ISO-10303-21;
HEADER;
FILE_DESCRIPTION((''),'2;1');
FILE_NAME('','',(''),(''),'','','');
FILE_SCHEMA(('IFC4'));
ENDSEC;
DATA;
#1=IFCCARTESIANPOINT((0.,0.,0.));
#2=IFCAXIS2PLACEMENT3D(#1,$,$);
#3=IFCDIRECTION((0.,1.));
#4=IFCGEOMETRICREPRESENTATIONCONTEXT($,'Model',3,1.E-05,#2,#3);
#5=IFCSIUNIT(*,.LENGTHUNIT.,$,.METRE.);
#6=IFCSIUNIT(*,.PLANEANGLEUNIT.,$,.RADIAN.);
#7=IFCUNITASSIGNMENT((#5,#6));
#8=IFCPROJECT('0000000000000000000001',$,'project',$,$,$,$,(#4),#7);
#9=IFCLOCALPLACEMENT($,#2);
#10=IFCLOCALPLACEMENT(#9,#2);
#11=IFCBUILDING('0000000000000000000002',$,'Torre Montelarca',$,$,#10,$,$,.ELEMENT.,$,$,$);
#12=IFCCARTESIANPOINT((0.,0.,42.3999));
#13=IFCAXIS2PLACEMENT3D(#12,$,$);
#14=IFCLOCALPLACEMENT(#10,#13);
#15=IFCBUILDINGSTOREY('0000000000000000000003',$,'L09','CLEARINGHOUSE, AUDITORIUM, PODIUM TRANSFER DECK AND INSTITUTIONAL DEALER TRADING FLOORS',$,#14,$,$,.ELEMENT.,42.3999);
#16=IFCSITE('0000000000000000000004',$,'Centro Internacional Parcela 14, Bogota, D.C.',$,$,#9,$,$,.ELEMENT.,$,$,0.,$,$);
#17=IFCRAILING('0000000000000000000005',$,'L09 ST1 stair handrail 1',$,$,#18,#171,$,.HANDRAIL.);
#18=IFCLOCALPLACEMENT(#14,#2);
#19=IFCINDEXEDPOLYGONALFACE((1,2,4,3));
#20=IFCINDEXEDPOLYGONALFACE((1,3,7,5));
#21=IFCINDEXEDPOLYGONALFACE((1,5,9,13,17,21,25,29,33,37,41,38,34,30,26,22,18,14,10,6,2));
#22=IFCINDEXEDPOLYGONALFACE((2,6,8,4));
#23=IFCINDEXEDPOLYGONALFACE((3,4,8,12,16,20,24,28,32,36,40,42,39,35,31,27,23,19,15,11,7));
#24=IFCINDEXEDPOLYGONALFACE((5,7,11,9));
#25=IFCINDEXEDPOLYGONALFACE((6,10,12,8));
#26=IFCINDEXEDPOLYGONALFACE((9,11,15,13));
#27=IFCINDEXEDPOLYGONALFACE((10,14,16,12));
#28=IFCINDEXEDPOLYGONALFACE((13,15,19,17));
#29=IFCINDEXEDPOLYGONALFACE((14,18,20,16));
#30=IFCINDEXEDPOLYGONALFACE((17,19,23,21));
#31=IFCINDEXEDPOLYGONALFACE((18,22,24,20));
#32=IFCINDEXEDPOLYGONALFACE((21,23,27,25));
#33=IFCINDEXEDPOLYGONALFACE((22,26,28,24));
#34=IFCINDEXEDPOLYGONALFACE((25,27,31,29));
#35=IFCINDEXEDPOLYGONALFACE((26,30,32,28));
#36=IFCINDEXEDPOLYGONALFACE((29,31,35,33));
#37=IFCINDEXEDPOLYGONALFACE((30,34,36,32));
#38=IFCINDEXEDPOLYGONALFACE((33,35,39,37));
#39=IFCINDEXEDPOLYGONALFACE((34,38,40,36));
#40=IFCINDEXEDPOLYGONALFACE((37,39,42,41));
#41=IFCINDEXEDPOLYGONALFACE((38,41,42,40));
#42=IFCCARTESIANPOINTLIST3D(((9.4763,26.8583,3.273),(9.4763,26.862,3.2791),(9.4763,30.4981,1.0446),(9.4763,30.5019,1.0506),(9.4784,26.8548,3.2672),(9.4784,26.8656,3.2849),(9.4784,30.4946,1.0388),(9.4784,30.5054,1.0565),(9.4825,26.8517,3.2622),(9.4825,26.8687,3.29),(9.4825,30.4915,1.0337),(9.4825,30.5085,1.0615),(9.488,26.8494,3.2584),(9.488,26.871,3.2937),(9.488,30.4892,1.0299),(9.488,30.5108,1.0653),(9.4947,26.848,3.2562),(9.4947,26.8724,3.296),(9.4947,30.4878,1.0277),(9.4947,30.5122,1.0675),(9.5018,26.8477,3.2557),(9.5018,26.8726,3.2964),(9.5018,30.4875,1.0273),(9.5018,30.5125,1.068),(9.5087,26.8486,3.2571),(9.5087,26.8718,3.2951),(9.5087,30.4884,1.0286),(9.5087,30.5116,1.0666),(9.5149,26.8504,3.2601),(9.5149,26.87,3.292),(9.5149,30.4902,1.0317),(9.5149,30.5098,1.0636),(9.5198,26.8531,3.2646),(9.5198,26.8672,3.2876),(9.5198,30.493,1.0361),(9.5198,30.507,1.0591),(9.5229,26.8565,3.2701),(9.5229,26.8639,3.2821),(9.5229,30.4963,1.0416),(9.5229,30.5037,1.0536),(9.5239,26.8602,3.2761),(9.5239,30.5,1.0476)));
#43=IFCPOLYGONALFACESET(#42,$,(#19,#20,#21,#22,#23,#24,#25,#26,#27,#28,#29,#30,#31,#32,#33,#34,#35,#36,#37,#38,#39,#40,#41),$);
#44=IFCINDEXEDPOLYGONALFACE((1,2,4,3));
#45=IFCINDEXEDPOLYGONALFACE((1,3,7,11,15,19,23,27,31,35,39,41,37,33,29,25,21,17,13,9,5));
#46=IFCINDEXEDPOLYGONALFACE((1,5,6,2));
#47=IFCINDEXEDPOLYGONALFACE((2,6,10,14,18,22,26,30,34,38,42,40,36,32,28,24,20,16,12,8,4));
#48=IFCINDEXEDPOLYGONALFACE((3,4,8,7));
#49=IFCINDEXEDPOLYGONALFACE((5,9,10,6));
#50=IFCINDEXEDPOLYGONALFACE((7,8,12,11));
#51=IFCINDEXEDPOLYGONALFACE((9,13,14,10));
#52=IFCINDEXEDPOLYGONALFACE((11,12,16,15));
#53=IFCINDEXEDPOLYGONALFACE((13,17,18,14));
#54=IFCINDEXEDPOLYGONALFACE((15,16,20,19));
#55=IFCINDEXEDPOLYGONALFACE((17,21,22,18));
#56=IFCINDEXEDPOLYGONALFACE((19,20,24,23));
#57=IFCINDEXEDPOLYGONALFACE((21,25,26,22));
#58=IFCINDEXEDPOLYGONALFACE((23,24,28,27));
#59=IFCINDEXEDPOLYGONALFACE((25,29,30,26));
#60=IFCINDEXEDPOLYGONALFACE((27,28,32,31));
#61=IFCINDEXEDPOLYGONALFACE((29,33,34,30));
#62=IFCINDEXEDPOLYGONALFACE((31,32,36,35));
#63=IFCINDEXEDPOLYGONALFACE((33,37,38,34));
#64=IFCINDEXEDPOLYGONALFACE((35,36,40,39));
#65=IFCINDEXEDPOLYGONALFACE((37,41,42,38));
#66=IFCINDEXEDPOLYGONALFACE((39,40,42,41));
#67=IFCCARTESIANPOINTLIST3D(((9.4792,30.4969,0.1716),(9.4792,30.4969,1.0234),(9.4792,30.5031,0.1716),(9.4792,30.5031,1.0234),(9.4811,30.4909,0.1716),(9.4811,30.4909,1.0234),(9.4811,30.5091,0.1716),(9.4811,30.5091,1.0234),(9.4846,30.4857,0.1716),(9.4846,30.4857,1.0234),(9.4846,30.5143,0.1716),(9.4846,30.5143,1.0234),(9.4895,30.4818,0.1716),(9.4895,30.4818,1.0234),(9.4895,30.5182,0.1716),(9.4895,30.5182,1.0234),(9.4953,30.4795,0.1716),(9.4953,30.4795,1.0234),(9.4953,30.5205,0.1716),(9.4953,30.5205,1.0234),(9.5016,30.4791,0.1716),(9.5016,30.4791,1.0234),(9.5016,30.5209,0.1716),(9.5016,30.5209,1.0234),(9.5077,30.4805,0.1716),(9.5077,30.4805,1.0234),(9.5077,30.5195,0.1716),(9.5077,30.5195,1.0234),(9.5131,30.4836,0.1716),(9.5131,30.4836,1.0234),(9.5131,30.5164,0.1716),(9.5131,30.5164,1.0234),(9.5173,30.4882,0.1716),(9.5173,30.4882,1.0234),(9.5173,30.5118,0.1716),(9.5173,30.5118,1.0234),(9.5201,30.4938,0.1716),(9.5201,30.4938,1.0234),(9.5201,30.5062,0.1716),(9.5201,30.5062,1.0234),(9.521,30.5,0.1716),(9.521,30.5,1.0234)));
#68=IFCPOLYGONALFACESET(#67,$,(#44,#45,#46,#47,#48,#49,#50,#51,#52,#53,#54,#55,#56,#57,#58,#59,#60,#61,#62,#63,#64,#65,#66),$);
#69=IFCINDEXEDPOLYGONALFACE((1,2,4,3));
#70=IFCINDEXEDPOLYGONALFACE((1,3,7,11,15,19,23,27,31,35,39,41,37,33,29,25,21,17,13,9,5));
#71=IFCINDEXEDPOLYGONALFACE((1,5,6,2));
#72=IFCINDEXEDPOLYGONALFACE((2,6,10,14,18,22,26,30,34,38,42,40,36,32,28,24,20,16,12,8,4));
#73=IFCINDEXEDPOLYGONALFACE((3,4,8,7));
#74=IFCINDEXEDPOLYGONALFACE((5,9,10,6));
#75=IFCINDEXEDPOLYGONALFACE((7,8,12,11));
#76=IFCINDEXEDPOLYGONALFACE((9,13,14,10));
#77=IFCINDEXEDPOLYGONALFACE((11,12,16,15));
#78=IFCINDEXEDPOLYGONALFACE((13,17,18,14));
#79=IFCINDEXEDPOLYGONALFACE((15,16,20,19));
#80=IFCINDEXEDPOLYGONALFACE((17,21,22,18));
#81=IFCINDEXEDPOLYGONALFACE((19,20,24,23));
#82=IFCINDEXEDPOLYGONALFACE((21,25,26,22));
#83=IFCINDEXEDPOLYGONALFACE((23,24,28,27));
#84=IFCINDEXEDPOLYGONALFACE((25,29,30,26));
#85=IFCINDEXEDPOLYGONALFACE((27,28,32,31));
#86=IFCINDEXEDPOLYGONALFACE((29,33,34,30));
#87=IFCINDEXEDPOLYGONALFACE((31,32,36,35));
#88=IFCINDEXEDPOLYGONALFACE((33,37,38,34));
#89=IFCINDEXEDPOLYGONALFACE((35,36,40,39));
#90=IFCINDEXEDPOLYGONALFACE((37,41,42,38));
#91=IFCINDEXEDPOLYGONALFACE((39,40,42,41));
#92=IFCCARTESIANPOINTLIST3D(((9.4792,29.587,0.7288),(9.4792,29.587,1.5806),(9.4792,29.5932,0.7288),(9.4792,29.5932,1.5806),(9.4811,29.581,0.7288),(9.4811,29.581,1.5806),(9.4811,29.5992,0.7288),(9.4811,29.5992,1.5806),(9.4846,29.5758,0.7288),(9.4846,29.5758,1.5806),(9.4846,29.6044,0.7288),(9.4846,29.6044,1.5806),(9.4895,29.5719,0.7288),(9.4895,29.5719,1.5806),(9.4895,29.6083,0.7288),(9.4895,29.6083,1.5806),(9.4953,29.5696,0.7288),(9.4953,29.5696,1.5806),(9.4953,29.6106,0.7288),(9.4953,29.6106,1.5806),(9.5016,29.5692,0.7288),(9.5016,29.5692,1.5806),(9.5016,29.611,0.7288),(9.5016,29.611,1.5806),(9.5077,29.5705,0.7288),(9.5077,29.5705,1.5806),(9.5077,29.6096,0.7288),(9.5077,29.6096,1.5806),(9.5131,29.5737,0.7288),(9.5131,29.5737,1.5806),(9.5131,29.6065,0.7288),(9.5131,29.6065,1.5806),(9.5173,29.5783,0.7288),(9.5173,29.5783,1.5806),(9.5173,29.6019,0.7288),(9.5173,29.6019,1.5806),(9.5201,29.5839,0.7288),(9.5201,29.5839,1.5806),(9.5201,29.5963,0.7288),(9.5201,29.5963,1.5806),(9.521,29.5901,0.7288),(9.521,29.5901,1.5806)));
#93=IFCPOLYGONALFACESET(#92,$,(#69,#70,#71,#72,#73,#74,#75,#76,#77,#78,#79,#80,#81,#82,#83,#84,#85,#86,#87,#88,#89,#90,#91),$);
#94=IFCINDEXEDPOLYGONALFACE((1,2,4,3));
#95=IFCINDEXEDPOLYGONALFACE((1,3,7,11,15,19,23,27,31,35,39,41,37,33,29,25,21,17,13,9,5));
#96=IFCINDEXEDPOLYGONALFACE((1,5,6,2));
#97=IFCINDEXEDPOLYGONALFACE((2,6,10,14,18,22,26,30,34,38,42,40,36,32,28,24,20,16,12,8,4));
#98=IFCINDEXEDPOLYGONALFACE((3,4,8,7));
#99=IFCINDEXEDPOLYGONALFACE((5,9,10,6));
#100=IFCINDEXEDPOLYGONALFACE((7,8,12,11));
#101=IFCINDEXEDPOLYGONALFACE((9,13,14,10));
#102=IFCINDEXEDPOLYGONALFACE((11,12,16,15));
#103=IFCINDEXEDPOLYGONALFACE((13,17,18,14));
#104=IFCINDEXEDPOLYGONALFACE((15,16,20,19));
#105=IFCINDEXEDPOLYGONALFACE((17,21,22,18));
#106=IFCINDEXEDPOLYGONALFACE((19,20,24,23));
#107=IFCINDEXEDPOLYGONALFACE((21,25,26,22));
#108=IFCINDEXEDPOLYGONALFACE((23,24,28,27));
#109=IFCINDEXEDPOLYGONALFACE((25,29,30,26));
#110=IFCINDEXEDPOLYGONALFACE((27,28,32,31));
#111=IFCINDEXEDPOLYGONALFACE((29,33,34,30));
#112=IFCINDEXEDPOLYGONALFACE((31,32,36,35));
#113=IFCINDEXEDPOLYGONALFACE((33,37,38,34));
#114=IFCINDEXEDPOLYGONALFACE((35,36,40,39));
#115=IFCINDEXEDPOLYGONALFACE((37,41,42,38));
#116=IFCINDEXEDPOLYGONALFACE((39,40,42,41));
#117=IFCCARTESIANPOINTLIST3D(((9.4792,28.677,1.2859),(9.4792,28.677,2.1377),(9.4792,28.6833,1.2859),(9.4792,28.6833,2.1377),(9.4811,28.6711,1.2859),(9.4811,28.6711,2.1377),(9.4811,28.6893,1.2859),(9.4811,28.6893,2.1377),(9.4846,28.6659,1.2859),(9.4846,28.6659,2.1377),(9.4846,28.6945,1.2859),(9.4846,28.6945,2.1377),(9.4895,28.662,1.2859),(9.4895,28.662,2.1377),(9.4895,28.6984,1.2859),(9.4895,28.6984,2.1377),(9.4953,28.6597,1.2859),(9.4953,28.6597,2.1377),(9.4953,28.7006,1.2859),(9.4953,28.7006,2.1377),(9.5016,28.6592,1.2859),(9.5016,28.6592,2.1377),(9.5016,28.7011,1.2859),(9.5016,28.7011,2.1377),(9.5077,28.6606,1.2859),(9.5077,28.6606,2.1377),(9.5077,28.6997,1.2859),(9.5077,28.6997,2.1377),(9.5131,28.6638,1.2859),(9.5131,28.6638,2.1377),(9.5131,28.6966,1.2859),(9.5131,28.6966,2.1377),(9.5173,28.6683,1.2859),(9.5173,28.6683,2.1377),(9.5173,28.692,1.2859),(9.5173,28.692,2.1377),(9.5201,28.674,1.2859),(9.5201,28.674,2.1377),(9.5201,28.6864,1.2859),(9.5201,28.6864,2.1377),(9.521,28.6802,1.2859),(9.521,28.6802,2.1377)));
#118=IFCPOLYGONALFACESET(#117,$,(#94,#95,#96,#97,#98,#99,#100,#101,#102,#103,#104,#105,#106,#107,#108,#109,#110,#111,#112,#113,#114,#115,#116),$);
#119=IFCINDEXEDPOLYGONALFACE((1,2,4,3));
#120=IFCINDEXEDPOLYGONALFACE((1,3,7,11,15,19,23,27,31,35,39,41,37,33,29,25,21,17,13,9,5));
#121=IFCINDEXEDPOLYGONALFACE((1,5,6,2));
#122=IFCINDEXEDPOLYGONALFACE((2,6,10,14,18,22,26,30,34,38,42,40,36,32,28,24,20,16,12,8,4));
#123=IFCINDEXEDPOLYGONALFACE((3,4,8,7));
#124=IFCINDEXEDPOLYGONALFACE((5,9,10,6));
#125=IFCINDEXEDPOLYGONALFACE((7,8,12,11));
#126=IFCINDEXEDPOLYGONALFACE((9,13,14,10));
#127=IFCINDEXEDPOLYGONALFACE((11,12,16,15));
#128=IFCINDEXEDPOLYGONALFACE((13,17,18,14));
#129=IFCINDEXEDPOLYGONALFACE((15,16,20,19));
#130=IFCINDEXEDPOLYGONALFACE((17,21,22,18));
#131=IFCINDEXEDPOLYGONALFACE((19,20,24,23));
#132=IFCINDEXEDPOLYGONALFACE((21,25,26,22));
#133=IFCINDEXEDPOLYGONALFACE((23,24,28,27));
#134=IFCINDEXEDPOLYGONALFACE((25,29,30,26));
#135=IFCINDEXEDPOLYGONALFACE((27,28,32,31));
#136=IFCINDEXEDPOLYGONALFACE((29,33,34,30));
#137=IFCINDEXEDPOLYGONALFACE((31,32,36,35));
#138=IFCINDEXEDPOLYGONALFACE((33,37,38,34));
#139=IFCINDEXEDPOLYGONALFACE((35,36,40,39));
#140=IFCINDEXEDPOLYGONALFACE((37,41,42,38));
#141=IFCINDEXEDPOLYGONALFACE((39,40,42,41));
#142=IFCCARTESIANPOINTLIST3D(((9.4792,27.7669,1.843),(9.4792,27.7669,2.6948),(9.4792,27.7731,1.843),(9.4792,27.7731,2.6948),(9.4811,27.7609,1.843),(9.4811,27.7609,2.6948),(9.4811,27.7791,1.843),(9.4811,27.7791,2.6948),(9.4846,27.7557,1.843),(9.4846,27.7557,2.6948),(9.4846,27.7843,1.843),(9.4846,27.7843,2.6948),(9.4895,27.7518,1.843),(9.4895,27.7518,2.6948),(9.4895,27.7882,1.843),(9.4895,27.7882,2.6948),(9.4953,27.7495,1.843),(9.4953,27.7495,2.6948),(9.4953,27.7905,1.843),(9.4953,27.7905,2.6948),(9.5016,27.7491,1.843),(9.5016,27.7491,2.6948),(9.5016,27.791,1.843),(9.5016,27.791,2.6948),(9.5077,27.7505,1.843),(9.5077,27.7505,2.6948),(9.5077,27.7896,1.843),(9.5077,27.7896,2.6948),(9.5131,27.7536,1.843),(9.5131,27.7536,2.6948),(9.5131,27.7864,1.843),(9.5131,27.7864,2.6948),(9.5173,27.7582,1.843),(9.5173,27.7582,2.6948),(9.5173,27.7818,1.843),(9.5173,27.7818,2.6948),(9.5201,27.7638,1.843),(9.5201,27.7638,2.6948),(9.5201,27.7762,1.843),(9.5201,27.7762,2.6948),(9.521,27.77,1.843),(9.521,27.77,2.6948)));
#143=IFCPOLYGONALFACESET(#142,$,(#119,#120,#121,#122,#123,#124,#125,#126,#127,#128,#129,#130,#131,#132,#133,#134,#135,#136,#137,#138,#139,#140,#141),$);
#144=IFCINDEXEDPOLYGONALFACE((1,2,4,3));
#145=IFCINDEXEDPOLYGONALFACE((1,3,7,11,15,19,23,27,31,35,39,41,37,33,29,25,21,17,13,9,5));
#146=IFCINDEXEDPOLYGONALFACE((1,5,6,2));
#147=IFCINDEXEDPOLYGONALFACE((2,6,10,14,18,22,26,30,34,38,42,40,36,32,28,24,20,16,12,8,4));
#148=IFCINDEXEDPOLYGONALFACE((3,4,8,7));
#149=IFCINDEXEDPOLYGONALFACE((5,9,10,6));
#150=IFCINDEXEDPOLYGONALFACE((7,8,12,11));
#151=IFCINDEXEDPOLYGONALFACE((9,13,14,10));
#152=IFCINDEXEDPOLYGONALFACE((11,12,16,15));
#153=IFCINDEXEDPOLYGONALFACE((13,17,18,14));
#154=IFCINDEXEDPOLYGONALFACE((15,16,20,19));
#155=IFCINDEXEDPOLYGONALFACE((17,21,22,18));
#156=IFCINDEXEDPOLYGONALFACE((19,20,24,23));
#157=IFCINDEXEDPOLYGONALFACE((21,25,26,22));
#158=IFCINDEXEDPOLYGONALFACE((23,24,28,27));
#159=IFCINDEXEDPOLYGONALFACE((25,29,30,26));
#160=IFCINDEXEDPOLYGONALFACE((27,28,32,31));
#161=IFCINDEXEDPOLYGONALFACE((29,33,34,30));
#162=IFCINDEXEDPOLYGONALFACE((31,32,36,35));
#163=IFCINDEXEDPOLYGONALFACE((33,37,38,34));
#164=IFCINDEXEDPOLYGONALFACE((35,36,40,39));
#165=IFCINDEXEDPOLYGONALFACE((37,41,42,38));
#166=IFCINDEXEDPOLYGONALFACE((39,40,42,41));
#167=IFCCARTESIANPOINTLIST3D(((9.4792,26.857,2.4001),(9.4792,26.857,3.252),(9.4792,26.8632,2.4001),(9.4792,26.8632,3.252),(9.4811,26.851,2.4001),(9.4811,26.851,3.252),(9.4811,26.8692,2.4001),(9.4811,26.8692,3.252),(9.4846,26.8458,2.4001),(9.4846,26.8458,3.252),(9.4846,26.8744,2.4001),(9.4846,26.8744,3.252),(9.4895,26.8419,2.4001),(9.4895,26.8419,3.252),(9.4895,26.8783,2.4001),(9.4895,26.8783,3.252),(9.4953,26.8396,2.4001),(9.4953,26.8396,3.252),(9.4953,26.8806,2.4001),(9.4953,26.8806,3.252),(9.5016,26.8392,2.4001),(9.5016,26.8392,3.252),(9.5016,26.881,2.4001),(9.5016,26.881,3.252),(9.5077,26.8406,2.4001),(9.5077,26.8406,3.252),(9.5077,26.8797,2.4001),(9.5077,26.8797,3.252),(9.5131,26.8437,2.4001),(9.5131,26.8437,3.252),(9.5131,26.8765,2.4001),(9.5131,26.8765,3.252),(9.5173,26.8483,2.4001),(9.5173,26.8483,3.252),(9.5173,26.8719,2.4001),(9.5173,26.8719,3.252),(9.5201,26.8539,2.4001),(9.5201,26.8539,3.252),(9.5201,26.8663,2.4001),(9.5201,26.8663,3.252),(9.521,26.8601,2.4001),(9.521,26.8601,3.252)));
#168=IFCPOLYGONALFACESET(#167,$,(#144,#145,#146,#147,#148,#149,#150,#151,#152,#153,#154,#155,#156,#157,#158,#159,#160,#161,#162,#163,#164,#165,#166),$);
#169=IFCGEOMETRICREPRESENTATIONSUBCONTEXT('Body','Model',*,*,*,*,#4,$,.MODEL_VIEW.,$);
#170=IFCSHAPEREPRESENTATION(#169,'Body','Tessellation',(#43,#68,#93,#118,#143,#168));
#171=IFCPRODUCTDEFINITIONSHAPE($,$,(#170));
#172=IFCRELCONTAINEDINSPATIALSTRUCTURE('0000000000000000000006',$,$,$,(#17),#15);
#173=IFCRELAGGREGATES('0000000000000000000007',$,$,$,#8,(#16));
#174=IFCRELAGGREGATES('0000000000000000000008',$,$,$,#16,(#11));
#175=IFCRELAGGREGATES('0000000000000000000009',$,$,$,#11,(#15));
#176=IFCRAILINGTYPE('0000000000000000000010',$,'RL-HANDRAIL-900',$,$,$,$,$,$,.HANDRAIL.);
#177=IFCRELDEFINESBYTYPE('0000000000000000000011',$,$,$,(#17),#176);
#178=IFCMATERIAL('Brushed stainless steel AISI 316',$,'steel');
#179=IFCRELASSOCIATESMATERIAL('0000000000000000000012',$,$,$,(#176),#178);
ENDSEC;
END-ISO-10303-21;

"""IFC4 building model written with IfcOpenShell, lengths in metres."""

from ifc_helpers import new_model, si_unit, direction, frame, origin, origin_2d, place, context, subcontext, project, spatial, circle, extrude, material, type_object, element, save


model = new_model("IFC4")

# Units and contexts
model_context = context("Model", 3, precision=1e-05, world=origin(), true_north=direction((0.0, 1.0)))
body_context = subcontext(model_context, "Body", "Model", "MODEL_VIEW")
ifc_project = project(units=[si_unit("LENGTHUNIT", "METRE"), si_unit("PLANEANGLEUNIT", "RADIAN")], contexts=[model_context])

# Site, building, storey
site_placement = place(None, origin())
site = spatial("IfcSite", under=ifc_project, at=site_placement, Name="Centro Internacional Parcela 14, Bogota, D.C.", CompositionType="ELEMENT", RefElevation=0.0)
building_placement = place(site_placement, origin())
building = spatial("IfcBuilding", under=site, at=building_placement, Name="Torre Montelarca", CompositionType="ELEMENT")
storey_placement = place(building_placement, frame((0.0, 0.0, 42.3999)))
storey = spatial("IfcBuildingStorey", under=building, at=storey_placement, Name="L09", Description="CLEARINGHOUSE, AUDITORIUM, PODIUM TRANSFER DECK AND INSTITUTIONAL DEALER TRADING FLOORS", CompositionType="ELEMENT", Elevation=42.3999)

# Shared definitions
ifc_material_1 = material(Name="Brushed stainless steel AISI 316", Category="steel")

# Railing
railing_type_1 = type_object("IfcRailingType", Name="RL-HANDRAIL-900", PredefinedType="HANDRAIL", material=ifc_material_1)
railing_1_placement = place(storey_placement, frame((9.5, 30.5, 0.1716)))
element("IfcRailing", 1, at=railing_1_placement, inside=storey, type_object=railing_type_1, Name="L09 ST1 stair handrail 1", PredefinedType="HANDRAIL", context=body_context, shape_type="SweptSolid", body=[
    extrude(circle(Radius=0.0239, at=origin_2d()), frame((0.0, 0.0, 0.876), z_axis=(0.0, -0.85285, 0.522156), x_axis=(1.0, 0.0, 0.0)), (0.0, 0.0, 1.0), 4.2678),
    extrude(circle(Radius=0.021, at=origin_2d()), origin(), (0.0, 0.0, 1.0), 0.8518),
    extrude(circle(Radius=0.021, at=origin_2d()), frame((0.0, -0.9099, 0.5571)), (0.0, 0.0, 1.0), 0.8518),
    extrude(circle(Radius=0.021, at=origin_2d()), frame((0.0, -1.8198, 1.1143)), (0.0, 0.0, 1.0), 0.8518),
    extrude(circle(Radius=0.021, at=origin_2d()), frame((0.0, -2.73, 1.6714)), (0.0, 0.0, 1.0), 0.8518),
    extrude(circle(Radius=0.021, at=origin_2d()), frame((0.0, -3.6399, 2.2285)), (0.0, 0.0, 1.0), 0.8518),
])

save(model, "model.ifc")
